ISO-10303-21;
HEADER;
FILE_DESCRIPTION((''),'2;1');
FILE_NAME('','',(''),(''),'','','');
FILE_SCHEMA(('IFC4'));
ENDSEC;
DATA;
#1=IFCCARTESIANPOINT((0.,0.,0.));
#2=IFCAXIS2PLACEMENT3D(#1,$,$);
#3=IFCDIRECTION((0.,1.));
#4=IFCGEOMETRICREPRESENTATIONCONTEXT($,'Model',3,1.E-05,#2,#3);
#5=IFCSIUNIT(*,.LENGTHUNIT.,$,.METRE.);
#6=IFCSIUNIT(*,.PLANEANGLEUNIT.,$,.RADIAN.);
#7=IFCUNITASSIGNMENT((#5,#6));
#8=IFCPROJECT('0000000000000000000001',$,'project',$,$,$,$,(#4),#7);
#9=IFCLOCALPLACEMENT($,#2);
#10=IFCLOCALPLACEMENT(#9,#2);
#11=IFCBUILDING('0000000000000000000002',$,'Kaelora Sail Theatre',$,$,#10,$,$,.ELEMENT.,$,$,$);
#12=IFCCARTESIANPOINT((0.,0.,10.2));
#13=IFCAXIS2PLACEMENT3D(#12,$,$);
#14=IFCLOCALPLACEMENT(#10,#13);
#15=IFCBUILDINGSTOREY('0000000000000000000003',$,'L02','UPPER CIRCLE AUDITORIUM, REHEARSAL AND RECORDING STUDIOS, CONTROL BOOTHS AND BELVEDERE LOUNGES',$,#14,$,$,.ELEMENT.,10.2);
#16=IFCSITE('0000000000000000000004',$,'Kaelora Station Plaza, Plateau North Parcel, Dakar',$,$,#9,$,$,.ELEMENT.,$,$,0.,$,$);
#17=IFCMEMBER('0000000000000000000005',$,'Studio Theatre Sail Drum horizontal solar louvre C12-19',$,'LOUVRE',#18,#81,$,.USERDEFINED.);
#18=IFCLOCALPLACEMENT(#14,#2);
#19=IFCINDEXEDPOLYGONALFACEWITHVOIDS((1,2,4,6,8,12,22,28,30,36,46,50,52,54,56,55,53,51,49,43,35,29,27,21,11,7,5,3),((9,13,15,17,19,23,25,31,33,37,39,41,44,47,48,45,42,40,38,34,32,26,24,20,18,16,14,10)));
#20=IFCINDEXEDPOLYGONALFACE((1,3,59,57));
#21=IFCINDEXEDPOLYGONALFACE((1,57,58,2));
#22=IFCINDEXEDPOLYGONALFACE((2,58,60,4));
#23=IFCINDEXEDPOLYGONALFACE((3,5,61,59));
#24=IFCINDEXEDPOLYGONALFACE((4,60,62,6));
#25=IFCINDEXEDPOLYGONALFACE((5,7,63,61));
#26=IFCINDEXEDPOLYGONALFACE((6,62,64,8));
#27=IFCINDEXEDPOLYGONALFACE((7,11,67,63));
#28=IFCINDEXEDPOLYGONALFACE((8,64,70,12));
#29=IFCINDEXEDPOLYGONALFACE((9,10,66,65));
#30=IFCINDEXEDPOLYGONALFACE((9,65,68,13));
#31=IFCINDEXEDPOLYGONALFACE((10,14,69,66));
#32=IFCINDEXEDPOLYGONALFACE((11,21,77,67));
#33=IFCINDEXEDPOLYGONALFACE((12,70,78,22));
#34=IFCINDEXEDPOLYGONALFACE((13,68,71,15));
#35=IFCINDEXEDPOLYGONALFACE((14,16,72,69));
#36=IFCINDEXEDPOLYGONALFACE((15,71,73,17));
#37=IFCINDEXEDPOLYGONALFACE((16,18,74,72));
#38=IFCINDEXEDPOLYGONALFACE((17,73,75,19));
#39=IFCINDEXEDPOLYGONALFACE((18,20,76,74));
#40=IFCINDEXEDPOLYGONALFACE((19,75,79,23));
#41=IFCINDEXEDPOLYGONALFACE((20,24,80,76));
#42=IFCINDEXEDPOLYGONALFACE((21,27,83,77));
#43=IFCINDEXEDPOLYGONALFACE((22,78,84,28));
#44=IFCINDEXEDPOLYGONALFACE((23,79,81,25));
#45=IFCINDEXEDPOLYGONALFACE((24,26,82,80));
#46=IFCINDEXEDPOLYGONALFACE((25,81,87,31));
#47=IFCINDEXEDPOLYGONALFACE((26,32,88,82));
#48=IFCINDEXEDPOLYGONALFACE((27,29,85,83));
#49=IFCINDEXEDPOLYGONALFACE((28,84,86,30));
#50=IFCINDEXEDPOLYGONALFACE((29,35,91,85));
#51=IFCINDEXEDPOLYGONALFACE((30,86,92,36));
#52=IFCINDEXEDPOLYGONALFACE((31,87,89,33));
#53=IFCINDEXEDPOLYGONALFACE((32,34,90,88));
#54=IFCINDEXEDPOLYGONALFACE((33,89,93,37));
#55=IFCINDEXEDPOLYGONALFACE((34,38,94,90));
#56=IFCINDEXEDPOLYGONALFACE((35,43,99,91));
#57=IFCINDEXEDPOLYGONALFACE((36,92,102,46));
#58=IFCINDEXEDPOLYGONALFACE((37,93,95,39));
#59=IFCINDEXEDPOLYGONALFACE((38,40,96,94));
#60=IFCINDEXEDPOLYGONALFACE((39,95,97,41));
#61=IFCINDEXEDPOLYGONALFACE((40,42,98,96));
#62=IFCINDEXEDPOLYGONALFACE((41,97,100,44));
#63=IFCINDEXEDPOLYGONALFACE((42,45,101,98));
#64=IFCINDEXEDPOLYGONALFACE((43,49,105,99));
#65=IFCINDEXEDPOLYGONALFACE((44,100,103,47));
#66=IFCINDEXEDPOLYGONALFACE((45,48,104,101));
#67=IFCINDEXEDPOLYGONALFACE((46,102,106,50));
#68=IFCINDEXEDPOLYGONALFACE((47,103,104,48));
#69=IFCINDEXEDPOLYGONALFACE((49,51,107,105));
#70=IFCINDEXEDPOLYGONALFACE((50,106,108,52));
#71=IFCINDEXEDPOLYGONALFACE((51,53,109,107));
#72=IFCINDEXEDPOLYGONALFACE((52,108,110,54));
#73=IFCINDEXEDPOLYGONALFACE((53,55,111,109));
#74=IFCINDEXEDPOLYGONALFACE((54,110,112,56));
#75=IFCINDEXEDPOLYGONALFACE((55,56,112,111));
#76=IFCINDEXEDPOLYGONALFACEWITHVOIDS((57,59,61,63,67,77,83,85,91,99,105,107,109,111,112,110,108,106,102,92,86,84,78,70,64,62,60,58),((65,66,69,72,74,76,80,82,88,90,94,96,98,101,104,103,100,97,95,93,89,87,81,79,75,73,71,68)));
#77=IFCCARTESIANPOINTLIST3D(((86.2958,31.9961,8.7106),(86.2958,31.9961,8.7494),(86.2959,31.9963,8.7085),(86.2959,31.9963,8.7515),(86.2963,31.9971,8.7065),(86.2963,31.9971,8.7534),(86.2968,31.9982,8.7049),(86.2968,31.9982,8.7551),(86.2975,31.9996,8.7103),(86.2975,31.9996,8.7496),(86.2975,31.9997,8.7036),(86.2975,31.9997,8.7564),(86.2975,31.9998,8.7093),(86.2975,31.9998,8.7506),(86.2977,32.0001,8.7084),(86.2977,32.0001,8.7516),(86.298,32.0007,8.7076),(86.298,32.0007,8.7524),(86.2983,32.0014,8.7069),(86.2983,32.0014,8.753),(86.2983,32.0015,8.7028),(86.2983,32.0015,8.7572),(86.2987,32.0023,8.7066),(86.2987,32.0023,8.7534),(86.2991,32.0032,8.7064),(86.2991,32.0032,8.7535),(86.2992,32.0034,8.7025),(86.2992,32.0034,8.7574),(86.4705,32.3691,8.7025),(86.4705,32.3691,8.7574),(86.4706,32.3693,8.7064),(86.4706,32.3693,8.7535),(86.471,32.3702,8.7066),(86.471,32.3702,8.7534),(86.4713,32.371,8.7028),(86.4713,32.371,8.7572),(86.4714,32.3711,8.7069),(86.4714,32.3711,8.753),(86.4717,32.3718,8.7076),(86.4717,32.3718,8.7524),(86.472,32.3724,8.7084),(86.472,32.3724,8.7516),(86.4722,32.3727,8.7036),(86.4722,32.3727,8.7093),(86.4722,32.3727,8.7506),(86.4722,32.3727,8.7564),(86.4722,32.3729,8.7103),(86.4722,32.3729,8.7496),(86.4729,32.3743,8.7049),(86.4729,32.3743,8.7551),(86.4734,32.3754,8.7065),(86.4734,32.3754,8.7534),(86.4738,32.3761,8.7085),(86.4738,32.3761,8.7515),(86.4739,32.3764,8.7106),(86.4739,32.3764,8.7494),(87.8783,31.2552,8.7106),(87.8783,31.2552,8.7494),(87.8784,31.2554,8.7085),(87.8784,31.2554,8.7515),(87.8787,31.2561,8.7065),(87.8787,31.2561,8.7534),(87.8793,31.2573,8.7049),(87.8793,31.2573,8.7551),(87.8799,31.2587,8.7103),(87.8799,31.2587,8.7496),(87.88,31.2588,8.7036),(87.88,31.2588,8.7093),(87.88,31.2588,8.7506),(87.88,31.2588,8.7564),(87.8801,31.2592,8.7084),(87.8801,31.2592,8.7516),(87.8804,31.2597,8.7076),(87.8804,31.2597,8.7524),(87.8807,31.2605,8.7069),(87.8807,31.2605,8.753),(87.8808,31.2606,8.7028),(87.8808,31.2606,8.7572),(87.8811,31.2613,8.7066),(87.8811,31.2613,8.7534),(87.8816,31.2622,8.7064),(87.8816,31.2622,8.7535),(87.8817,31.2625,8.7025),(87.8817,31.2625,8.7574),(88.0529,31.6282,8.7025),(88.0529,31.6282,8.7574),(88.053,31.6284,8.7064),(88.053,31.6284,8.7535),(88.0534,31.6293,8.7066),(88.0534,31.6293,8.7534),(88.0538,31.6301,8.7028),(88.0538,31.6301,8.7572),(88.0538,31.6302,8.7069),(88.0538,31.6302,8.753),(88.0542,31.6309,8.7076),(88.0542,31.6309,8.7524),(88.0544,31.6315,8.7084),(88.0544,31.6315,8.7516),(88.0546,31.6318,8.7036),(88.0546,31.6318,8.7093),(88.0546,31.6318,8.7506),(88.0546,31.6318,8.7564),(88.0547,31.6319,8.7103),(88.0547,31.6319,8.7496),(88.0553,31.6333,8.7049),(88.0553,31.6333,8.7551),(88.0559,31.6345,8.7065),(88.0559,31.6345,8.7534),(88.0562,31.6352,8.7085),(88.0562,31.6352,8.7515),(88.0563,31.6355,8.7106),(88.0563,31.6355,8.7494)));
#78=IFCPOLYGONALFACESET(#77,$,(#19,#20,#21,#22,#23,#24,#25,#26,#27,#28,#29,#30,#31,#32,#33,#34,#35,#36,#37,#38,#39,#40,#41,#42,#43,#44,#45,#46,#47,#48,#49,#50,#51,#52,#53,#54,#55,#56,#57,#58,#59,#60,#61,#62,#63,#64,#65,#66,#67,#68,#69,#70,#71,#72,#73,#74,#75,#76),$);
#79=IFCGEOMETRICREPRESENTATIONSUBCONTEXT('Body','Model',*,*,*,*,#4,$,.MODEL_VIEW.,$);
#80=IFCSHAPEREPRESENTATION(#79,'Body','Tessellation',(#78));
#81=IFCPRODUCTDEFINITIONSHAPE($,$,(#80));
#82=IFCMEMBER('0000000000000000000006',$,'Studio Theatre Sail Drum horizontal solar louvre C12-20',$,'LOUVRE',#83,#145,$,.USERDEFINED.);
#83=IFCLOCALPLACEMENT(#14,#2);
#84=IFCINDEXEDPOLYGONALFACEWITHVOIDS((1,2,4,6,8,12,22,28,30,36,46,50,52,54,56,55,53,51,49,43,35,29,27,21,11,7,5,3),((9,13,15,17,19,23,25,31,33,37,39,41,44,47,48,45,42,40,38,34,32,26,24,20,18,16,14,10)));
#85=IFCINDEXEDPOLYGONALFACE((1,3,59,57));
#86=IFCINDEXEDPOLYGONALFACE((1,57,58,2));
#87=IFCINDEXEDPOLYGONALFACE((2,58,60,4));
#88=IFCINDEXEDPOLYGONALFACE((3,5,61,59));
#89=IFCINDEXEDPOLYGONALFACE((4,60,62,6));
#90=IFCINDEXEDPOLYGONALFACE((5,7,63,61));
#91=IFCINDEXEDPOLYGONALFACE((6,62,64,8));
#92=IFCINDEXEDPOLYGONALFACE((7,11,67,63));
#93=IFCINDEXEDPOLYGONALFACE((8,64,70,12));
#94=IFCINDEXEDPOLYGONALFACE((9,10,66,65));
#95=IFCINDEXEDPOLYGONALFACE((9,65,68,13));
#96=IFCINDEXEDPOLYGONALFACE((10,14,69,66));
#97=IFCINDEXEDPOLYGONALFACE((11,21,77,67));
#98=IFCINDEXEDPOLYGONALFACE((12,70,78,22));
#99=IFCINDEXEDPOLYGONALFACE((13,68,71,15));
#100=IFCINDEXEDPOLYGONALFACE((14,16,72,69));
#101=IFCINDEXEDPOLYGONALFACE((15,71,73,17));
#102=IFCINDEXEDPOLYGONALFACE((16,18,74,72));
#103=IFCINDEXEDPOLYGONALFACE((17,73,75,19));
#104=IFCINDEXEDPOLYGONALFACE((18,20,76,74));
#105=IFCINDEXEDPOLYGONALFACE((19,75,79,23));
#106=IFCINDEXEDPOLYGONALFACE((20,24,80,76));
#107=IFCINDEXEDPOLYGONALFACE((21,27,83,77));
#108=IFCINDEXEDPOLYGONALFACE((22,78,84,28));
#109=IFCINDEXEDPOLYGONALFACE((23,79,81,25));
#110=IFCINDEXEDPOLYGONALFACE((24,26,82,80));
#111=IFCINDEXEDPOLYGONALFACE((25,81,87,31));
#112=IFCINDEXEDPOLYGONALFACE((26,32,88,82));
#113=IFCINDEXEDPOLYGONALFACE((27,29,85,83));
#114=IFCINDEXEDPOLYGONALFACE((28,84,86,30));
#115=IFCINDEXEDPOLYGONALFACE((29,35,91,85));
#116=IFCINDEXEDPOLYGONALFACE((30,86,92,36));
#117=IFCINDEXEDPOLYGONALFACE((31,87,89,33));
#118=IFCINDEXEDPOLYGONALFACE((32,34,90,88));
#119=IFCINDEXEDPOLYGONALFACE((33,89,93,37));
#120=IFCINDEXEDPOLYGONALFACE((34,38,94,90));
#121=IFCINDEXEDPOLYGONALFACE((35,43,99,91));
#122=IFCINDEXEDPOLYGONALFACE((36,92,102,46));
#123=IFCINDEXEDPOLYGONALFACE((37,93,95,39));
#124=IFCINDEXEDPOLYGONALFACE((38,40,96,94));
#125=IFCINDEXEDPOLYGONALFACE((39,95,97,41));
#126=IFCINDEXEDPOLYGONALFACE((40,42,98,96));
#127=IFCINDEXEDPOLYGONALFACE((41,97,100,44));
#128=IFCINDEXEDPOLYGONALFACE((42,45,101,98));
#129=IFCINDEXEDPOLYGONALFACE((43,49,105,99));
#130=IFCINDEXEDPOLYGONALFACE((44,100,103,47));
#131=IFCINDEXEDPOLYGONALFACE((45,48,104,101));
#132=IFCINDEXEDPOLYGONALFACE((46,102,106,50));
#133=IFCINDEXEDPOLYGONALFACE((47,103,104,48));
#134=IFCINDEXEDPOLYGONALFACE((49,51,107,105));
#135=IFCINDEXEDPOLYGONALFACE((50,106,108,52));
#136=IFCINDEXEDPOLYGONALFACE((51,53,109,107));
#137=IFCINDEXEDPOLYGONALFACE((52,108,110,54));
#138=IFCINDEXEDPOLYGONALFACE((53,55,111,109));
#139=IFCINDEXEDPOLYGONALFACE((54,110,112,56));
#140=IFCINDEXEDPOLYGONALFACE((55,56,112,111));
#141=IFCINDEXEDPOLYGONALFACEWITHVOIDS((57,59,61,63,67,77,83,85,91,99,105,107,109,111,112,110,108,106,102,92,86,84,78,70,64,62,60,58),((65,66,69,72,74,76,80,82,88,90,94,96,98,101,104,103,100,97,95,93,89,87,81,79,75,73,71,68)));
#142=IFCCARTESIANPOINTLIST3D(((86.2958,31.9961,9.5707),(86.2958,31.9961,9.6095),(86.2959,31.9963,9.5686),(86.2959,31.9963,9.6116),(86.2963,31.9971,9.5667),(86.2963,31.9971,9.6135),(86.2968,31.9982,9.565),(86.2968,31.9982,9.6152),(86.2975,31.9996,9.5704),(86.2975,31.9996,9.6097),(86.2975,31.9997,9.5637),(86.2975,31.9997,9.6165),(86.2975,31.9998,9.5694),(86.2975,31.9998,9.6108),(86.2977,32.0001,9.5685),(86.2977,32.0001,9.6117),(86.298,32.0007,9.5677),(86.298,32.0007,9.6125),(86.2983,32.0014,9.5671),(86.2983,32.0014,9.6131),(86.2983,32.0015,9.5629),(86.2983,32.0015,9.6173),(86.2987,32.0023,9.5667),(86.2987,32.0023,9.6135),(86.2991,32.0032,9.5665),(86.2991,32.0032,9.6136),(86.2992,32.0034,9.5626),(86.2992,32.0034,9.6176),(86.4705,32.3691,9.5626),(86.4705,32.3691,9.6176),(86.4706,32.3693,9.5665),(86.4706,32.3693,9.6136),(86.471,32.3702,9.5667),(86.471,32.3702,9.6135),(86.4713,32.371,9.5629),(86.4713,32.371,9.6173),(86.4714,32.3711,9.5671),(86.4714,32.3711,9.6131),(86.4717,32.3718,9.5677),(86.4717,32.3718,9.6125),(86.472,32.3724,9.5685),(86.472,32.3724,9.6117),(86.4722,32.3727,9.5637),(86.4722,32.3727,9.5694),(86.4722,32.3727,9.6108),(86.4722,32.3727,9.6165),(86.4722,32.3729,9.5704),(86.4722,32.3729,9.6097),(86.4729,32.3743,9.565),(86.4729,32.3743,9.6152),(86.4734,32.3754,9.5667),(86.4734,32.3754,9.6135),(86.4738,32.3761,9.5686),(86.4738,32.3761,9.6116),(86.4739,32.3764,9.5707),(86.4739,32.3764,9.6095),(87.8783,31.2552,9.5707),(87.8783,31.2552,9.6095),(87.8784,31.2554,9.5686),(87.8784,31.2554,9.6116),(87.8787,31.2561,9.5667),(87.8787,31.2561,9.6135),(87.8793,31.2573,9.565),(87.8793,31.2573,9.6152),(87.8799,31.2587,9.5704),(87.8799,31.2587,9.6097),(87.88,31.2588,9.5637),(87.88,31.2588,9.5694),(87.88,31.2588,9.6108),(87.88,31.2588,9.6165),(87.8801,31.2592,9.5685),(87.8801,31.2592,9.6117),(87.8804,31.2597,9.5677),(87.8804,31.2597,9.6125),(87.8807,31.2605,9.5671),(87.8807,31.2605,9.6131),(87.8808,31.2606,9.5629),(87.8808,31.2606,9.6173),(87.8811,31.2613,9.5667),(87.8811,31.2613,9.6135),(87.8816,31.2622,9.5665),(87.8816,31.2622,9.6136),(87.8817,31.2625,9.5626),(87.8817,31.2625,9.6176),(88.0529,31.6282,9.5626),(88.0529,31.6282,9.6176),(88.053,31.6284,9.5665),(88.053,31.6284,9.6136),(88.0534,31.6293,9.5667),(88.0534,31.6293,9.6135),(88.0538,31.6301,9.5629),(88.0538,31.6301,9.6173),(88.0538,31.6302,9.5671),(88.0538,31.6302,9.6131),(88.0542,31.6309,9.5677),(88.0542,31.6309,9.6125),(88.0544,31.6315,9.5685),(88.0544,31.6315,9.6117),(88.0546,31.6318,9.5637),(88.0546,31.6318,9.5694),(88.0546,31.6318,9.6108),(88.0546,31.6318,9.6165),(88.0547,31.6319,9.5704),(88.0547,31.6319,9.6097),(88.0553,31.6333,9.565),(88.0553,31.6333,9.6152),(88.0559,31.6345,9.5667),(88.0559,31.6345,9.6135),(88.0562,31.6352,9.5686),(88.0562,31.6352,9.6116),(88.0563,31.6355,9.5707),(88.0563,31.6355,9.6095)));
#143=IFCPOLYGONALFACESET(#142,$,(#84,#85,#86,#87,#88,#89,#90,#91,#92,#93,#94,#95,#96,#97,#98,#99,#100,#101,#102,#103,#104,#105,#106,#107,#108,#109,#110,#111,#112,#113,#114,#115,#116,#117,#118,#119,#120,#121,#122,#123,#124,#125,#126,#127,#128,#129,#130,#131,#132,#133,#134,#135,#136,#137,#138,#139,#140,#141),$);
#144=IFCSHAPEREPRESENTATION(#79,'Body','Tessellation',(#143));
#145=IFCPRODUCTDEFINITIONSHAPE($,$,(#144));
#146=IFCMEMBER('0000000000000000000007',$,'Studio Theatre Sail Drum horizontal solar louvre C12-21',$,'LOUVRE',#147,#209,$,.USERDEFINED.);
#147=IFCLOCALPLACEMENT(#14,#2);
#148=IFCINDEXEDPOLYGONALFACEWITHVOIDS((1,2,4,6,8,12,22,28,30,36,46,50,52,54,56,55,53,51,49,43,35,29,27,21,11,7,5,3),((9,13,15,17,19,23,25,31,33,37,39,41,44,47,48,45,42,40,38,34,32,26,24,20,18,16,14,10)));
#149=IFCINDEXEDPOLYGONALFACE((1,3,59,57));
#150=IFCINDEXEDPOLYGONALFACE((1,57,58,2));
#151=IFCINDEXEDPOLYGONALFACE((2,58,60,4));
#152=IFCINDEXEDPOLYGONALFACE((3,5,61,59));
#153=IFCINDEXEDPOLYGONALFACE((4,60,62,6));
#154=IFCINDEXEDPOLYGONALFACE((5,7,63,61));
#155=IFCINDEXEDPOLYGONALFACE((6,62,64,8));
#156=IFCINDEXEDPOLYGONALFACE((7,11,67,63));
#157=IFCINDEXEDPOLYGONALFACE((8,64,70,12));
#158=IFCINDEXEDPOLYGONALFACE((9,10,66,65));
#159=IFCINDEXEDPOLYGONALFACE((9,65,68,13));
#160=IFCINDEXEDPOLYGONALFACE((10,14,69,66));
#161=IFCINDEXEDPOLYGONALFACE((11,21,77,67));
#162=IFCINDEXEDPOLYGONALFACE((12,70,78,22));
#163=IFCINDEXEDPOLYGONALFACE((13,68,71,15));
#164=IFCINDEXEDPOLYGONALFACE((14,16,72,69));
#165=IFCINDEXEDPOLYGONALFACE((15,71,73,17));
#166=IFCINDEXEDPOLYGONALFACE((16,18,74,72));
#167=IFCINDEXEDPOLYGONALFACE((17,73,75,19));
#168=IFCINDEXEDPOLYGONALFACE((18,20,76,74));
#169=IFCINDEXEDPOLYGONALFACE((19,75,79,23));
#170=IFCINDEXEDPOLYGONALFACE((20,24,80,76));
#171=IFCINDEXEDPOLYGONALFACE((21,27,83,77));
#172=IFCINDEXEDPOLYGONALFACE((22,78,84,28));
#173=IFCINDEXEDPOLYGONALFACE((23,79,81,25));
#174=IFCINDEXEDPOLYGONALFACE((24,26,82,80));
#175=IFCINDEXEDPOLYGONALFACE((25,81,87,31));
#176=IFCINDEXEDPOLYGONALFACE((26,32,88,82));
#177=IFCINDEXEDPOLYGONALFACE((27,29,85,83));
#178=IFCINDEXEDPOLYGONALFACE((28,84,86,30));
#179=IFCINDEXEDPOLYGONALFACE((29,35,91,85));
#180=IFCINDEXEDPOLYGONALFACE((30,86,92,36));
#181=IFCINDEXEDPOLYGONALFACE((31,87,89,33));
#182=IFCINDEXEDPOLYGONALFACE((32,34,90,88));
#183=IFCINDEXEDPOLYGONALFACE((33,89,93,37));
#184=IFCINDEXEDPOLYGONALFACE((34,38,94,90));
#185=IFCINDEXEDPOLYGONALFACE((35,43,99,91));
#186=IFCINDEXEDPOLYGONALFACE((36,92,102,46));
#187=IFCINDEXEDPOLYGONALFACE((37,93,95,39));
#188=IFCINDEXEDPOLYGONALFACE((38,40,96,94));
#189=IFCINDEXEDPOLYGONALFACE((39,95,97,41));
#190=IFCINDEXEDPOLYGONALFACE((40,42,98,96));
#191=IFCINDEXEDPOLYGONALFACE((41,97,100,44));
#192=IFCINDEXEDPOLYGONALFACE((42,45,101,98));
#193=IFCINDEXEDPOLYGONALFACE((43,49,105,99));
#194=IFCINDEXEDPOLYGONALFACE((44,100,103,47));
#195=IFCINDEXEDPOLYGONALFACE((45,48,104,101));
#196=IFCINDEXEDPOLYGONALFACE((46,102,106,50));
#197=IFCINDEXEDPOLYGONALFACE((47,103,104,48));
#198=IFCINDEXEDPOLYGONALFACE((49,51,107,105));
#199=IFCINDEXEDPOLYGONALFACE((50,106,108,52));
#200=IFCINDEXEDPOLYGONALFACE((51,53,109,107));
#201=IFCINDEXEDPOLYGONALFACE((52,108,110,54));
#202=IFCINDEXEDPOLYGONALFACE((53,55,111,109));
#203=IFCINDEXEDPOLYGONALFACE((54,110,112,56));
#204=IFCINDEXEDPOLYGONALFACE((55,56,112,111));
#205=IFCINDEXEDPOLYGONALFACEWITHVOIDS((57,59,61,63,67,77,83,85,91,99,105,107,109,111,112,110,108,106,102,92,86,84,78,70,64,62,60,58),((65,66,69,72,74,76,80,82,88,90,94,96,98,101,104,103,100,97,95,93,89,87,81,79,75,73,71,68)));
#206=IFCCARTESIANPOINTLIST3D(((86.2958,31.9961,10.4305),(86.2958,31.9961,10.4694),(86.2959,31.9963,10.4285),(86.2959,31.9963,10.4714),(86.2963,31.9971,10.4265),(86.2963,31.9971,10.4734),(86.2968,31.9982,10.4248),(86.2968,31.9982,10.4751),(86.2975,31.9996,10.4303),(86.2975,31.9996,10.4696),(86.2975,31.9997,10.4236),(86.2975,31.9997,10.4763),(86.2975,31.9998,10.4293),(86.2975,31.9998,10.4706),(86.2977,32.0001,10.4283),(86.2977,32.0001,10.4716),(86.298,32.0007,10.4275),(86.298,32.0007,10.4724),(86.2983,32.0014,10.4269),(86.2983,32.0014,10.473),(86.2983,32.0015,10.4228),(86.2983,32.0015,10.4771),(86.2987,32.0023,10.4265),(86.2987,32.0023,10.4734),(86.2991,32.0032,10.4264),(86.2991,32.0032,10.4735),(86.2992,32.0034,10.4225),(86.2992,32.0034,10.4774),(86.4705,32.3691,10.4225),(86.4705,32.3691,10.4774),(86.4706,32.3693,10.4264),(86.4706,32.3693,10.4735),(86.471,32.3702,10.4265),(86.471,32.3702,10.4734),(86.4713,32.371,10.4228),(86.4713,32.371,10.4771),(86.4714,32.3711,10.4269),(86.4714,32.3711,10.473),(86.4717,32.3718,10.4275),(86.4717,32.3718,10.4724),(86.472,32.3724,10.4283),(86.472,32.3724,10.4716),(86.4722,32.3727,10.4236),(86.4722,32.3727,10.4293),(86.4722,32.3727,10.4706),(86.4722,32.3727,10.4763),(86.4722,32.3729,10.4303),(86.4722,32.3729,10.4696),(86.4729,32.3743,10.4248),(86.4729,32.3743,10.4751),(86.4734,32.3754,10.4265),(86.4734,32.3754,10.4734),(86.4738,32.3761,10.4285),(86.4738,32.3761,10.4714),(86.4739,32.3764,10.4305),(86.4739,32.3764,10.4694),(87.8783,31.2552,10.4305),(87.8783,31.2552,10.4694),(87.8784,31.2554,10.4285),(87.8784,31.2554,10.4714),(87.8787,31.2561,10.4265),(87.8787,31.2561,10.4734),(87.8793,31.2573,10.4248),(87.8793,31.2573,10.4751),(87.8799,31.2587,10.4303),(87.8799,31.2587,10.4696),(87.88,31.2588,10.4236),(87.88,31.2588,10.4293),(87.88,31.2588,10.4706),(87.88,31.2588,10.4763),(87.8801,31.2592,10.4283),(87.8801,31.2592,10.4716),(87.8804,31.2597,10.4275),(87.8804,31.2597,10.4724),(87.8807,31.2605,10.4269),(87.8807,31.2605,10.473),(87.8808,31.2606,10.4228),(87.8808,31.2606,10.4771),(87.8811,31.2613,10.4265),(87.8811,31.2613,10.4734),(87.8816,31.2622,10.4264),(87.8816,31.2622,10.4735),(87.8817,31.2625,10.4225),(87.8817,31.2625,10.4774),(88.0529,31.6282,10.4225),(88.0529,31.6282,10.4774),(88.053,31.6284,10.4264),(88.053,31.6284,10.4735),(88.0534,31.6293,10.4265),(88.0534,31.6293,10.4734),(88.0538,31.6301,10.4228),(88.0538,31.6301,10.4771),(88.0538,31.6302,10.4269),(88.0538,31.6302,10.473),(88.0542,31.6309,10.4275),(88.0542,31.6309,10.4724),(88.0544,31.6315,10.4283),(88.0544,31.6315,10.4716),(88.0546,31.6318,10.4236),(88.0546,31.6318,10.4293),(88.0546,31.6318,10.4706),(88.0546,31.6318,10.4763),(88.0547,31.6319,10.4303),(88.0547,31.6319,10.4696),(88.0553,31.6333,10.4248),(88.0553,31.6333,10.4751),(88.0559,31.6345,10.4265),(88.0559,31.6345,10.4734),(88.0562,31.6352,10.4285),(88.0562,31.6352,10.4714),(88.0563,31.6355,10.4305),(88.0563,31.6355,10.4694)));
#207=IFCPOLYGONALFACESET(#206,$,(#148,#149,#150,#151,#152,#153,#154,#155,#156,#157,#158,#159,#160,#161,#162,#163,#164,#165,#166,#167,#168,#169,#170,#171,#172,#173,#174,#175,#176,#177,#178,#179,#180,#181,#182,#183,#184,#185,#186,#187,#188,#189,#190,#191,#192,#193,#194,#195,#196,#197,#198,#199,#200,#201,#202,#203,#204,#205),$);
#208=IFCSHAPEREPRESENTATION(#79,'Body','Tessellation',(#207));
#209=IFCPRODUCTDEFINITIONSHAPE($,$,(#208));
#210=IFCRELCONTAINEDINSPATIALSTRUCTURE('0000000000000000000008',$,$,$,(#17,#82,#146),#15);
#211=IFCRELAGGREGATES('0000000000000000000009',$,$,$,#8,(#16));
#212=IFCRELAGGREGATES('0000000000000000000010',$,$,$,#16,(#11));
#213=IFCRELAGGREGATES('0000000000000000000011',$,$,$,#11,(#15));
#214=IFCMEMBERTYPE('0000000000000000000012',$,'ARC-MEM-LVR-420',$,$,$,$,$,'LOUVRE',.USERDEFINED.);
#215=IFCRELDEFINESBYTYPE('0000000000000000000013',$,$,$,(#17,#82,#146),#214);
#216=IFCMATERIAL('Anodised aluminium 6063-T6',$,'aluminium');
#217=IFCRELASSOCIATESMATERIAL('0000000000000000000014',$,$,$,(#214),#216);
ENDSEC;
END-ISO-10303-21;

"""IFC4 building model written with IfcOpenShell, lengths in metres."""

from ifc_helpers import new_model, si_unit, direction, frame, origin, origin_2d, place, context, subcontext, project, spatial, hollow_rectangle, extrude, material, material_profile, profile_set, type_object, element, save


model = new_model("IFC4")

# Units and contexts
model_context = context("Model", 3, precision=1e-05, world=origin(), true_north=direction((0.0, 1.0)))
body_context = subcontext(model_context, "Body", "Model", "MODEL_VIEW")
ifc_project = project(units=[si_unit("LENGTHUNIT", "METRE"), si_unit("PLANEANGLEUNIT", "RADIAN")], contexts=[model_context])

# Site, building, storey
site_placement = place(None, origin())
site = spatial("IfcSite", under=ifc_project, at=site_placement, Name="Kaelora Station Plaza, Plateau North Parcel, Dakar", CompositionType="ELEMENT", RefElevation=0.0)
building_placement = place(site_placement, origin())
building = spatial("IfcBuilding", under=site, at=building_placement, Name="Kaelora Sail Theatre", CompositionType="ELEMENT")
storey_placement = place(building_placement, frame((0.0, 0.0, 10.2)))
storey = spatial("IfcBuildingStorey", under=building, at=storey_placement, Name="L02", Description="UPPER CIRCLE AUDITORIUM, REHEARSAL AND RECORDING STUDIOS, CONTROL BOOTHS AND BELVEDERE LOUNGES", CompositionType="ELEMENT", Elevation=10.2)

# Members
ifc_material_1 = material(Name="Anodised aluminium 6063-T6", Category="aluminium")
ifc_material_profile_1 = material_profile(ifc_material_1, hollow_rectangle(XDim=0.4199, YDim=0.0549, WallThickness=0.0039, InnerFilletRadius=0.0039, OuterFilletRadius=0.0081, at=origin_2d()), Name="LOUVRE 420x55x4")
ifc_profile_set_1 = profile_set([ifc_material_profile_1], Name="Anodised aluminium 6063-T6")
member_type = type_object("IfcMemberType", Name="ARC-MEM-LVR-420", ElementType="LOUVRE", PredefinedType="USERDEFINED", material=ifc_profile_set_1)
for number, where, z_axis, x_axis, name in (
    (1, (87.9673, 31.4453, 8.73), (-0.905643, 0.42404, 0.0), (-0.42404, -0.905643, 0.0), "Studio Theatre Sail Drum horizontal solar louvre C12-19"),
    (2, (87.9673, 31.4453, 9.5901), (-0.905643, 0.42404, 0.0), (-0.42404, -0.905643, 0.0), "Studio Theatre Sail Drum horizontal solar louvre C12-20"),
    (3, (87.9673, 31.4453, 10.45), (-0.905643, 0.42404, 0.0), (-0.42404, -0.905643, 0.0), "Studio Theatre Sail Drum horizontal solar louvre C12-21"),
):
    element("IfcMember", number, at=place(storey_placement, frame(where, z_axis=z_axis, x_axis=x_axis)), inside=storey, type_object=member_type, Name=name, ObjectType="LOUVRE", PredefinedType="USERDEFINED", context=body_context, shape_type="SweptSolid", body=[
        extrude(hollow_rectangle(XDim=0.4199, YDim=0.0549, WallThickness=0.0039, InnerFilletRadius=0.0039, OuterFilletRadius=0.0081, at=origin_2d()), origin(), (0.0, 0.0, 1.0), 1.7473),
    ])

save(model, "model.ifc")
